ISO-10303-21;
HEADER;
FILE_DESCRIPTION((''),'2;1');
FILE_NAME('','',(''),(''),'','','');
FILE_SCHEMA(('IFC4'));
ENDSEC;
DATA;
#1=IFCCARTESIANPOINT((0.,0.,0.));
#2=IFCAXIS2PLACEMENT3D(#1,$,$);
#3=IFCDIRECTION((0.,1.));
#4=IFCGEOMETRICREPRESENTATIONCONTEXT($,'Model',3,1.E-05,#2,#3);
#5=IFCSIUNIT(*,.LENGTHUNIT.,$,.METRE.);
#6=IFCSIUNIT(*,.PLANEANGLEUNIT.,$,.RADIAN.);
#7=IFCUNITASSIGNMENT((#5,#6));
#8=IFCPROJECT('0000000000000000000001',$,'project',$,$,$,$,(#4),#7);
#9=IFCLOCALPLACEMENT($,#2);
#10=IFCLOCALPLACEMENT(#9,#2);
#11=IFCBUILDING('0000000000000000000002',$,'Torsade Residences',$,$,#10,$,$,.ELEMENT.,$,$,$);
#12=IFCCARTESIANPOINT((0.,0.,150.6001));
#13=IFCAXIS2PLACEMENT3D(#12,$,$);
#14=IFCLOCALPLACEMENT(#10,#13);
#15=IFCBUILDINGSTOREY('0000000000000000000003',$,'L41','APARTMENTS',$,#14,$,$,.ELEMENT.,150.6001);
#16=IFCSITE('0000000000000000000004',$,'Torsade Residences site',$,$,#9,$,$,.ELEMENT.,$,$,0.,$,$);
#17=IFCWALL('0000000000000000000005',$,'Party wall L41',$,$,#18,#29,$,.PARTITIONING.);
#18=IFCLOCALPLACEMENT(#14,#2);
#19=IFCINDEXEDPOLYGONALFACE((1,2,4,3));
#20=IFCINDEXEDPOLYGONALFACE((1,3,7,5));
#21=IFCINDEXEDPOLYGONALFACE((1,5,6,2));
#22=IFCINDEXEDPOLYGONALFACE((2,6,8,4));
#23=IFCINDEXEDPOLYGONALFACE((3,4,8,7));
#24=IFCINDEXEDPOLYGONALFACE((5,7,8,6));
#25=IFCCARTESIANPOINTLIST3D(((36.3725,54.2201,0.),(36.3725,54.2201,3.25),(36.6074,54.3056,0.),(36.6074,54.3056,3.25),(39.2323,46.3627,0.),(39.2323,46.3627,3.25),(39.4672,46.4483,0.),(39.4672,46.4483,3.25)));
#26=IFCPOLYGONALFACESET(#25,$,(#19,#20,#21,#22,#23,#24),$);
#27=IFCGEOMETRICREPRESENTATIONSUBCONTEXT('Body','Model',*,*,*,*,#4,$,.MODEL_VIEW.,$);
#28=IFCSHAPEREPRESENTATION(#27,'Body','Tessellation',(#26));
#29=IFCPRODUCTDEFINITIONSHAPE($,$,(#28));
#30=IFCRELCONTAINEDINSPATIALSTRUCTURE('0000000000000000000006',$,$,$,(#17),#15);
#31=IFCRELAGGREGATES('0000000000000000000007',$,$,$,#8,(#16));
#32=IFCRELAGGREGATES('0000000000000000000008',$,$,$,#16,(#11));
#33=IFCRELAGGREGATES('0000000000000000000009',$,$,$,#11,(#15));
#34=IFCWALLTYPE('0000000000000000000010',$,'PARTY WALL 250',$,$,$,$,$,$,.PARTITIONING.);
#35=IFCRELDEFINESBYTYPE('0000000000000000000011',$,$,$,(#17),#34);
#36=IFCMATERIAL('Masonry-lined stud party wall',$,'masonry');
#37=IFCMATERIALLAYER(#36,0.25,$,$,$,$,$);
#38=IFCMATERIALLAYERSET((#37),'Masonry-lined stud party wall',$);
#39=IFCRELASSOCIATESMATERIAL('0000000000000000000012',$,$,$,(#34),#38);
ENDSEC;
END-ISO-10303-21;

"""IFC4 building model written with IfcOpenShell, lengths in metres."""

from ifc_helpers import new_model, si_unit, direction, frame, frame_2d, origin, place, context, subcontext, project, spatial, rectangle, extrude, material, layer, layer_set, type_object, element, save


model = new_model("IFC4")

# Units and contexts
model_context = context("Model", 3, precision=1e-05, world=origin(), true_north=direction((0.0, 1.0)))
body_context = subcontext(model_context, "Body", "Model", "MODEL_VIEW")
ifc_project = project(units=[si_unit("LENGTHUNIT", "METRE"), si_unit("PLANEANGLEUNIT", "RADIAN")], contexts=[model_context])

# Site, building, storey
site_placement = place(None, origin())
site = spatial("IfcSite", under=ifc_project, at=site_placement, Name="Torsade Residences site", CompositionType="ELEMENT", RefElevation=0.0)
building_placement = place(site_placement, origin())
building = spatial("IfcBuilding", under=site, at=building_placement, Name="Torsade Residences", CompositionType="ELEMENT")
storey_placement = place(building_placement, frame((0.0, 0.0, 150.6001)))
storey = spatial("IfcBuildingStorey", under=building, at=storey_placement, Name="L41", Description="APARTMENTS", CompositionType="ELEMENT", Elevation=150.6001)

# Wall
ifc_material_1 = material(Name="Masonry-lined stud party wall", Category="masonry")
ifc_layer_1 = layer(ifc_material_1, 0.25)
ifc_layer_set_1 = layer_set([ifc_layer_1], Name="Masonry-lined stud party wall")
wall_type_1 = type_object("IfcWallType", Name="PARTY WALL 250", PredefinedType="PARTITIONING", material=ifc_layer_set_1)
wall_1_placement = place(storey_placement, frame((36.49, 54.2627, 0.0), z_axis=(0.0, 0.0, 1.0), x_axis=(0.34202, -0.939693, 0.0)))
element("IfcWall", 1, at=wall_1_placement, inside=storey, type_object=wall_type_1, Name="Party wall L41", PredefinedType="PARTITIONING", context=body_context, shape_type="SweptSolid", body=[
    extrude(rectangle(XDim=8.3616, YDim=0.25, at=frame_2d((4.1807, 0.0))), origin(), (0.0, 0.0, 1.0), 3.25),
])

save(model, "model.ifc")
